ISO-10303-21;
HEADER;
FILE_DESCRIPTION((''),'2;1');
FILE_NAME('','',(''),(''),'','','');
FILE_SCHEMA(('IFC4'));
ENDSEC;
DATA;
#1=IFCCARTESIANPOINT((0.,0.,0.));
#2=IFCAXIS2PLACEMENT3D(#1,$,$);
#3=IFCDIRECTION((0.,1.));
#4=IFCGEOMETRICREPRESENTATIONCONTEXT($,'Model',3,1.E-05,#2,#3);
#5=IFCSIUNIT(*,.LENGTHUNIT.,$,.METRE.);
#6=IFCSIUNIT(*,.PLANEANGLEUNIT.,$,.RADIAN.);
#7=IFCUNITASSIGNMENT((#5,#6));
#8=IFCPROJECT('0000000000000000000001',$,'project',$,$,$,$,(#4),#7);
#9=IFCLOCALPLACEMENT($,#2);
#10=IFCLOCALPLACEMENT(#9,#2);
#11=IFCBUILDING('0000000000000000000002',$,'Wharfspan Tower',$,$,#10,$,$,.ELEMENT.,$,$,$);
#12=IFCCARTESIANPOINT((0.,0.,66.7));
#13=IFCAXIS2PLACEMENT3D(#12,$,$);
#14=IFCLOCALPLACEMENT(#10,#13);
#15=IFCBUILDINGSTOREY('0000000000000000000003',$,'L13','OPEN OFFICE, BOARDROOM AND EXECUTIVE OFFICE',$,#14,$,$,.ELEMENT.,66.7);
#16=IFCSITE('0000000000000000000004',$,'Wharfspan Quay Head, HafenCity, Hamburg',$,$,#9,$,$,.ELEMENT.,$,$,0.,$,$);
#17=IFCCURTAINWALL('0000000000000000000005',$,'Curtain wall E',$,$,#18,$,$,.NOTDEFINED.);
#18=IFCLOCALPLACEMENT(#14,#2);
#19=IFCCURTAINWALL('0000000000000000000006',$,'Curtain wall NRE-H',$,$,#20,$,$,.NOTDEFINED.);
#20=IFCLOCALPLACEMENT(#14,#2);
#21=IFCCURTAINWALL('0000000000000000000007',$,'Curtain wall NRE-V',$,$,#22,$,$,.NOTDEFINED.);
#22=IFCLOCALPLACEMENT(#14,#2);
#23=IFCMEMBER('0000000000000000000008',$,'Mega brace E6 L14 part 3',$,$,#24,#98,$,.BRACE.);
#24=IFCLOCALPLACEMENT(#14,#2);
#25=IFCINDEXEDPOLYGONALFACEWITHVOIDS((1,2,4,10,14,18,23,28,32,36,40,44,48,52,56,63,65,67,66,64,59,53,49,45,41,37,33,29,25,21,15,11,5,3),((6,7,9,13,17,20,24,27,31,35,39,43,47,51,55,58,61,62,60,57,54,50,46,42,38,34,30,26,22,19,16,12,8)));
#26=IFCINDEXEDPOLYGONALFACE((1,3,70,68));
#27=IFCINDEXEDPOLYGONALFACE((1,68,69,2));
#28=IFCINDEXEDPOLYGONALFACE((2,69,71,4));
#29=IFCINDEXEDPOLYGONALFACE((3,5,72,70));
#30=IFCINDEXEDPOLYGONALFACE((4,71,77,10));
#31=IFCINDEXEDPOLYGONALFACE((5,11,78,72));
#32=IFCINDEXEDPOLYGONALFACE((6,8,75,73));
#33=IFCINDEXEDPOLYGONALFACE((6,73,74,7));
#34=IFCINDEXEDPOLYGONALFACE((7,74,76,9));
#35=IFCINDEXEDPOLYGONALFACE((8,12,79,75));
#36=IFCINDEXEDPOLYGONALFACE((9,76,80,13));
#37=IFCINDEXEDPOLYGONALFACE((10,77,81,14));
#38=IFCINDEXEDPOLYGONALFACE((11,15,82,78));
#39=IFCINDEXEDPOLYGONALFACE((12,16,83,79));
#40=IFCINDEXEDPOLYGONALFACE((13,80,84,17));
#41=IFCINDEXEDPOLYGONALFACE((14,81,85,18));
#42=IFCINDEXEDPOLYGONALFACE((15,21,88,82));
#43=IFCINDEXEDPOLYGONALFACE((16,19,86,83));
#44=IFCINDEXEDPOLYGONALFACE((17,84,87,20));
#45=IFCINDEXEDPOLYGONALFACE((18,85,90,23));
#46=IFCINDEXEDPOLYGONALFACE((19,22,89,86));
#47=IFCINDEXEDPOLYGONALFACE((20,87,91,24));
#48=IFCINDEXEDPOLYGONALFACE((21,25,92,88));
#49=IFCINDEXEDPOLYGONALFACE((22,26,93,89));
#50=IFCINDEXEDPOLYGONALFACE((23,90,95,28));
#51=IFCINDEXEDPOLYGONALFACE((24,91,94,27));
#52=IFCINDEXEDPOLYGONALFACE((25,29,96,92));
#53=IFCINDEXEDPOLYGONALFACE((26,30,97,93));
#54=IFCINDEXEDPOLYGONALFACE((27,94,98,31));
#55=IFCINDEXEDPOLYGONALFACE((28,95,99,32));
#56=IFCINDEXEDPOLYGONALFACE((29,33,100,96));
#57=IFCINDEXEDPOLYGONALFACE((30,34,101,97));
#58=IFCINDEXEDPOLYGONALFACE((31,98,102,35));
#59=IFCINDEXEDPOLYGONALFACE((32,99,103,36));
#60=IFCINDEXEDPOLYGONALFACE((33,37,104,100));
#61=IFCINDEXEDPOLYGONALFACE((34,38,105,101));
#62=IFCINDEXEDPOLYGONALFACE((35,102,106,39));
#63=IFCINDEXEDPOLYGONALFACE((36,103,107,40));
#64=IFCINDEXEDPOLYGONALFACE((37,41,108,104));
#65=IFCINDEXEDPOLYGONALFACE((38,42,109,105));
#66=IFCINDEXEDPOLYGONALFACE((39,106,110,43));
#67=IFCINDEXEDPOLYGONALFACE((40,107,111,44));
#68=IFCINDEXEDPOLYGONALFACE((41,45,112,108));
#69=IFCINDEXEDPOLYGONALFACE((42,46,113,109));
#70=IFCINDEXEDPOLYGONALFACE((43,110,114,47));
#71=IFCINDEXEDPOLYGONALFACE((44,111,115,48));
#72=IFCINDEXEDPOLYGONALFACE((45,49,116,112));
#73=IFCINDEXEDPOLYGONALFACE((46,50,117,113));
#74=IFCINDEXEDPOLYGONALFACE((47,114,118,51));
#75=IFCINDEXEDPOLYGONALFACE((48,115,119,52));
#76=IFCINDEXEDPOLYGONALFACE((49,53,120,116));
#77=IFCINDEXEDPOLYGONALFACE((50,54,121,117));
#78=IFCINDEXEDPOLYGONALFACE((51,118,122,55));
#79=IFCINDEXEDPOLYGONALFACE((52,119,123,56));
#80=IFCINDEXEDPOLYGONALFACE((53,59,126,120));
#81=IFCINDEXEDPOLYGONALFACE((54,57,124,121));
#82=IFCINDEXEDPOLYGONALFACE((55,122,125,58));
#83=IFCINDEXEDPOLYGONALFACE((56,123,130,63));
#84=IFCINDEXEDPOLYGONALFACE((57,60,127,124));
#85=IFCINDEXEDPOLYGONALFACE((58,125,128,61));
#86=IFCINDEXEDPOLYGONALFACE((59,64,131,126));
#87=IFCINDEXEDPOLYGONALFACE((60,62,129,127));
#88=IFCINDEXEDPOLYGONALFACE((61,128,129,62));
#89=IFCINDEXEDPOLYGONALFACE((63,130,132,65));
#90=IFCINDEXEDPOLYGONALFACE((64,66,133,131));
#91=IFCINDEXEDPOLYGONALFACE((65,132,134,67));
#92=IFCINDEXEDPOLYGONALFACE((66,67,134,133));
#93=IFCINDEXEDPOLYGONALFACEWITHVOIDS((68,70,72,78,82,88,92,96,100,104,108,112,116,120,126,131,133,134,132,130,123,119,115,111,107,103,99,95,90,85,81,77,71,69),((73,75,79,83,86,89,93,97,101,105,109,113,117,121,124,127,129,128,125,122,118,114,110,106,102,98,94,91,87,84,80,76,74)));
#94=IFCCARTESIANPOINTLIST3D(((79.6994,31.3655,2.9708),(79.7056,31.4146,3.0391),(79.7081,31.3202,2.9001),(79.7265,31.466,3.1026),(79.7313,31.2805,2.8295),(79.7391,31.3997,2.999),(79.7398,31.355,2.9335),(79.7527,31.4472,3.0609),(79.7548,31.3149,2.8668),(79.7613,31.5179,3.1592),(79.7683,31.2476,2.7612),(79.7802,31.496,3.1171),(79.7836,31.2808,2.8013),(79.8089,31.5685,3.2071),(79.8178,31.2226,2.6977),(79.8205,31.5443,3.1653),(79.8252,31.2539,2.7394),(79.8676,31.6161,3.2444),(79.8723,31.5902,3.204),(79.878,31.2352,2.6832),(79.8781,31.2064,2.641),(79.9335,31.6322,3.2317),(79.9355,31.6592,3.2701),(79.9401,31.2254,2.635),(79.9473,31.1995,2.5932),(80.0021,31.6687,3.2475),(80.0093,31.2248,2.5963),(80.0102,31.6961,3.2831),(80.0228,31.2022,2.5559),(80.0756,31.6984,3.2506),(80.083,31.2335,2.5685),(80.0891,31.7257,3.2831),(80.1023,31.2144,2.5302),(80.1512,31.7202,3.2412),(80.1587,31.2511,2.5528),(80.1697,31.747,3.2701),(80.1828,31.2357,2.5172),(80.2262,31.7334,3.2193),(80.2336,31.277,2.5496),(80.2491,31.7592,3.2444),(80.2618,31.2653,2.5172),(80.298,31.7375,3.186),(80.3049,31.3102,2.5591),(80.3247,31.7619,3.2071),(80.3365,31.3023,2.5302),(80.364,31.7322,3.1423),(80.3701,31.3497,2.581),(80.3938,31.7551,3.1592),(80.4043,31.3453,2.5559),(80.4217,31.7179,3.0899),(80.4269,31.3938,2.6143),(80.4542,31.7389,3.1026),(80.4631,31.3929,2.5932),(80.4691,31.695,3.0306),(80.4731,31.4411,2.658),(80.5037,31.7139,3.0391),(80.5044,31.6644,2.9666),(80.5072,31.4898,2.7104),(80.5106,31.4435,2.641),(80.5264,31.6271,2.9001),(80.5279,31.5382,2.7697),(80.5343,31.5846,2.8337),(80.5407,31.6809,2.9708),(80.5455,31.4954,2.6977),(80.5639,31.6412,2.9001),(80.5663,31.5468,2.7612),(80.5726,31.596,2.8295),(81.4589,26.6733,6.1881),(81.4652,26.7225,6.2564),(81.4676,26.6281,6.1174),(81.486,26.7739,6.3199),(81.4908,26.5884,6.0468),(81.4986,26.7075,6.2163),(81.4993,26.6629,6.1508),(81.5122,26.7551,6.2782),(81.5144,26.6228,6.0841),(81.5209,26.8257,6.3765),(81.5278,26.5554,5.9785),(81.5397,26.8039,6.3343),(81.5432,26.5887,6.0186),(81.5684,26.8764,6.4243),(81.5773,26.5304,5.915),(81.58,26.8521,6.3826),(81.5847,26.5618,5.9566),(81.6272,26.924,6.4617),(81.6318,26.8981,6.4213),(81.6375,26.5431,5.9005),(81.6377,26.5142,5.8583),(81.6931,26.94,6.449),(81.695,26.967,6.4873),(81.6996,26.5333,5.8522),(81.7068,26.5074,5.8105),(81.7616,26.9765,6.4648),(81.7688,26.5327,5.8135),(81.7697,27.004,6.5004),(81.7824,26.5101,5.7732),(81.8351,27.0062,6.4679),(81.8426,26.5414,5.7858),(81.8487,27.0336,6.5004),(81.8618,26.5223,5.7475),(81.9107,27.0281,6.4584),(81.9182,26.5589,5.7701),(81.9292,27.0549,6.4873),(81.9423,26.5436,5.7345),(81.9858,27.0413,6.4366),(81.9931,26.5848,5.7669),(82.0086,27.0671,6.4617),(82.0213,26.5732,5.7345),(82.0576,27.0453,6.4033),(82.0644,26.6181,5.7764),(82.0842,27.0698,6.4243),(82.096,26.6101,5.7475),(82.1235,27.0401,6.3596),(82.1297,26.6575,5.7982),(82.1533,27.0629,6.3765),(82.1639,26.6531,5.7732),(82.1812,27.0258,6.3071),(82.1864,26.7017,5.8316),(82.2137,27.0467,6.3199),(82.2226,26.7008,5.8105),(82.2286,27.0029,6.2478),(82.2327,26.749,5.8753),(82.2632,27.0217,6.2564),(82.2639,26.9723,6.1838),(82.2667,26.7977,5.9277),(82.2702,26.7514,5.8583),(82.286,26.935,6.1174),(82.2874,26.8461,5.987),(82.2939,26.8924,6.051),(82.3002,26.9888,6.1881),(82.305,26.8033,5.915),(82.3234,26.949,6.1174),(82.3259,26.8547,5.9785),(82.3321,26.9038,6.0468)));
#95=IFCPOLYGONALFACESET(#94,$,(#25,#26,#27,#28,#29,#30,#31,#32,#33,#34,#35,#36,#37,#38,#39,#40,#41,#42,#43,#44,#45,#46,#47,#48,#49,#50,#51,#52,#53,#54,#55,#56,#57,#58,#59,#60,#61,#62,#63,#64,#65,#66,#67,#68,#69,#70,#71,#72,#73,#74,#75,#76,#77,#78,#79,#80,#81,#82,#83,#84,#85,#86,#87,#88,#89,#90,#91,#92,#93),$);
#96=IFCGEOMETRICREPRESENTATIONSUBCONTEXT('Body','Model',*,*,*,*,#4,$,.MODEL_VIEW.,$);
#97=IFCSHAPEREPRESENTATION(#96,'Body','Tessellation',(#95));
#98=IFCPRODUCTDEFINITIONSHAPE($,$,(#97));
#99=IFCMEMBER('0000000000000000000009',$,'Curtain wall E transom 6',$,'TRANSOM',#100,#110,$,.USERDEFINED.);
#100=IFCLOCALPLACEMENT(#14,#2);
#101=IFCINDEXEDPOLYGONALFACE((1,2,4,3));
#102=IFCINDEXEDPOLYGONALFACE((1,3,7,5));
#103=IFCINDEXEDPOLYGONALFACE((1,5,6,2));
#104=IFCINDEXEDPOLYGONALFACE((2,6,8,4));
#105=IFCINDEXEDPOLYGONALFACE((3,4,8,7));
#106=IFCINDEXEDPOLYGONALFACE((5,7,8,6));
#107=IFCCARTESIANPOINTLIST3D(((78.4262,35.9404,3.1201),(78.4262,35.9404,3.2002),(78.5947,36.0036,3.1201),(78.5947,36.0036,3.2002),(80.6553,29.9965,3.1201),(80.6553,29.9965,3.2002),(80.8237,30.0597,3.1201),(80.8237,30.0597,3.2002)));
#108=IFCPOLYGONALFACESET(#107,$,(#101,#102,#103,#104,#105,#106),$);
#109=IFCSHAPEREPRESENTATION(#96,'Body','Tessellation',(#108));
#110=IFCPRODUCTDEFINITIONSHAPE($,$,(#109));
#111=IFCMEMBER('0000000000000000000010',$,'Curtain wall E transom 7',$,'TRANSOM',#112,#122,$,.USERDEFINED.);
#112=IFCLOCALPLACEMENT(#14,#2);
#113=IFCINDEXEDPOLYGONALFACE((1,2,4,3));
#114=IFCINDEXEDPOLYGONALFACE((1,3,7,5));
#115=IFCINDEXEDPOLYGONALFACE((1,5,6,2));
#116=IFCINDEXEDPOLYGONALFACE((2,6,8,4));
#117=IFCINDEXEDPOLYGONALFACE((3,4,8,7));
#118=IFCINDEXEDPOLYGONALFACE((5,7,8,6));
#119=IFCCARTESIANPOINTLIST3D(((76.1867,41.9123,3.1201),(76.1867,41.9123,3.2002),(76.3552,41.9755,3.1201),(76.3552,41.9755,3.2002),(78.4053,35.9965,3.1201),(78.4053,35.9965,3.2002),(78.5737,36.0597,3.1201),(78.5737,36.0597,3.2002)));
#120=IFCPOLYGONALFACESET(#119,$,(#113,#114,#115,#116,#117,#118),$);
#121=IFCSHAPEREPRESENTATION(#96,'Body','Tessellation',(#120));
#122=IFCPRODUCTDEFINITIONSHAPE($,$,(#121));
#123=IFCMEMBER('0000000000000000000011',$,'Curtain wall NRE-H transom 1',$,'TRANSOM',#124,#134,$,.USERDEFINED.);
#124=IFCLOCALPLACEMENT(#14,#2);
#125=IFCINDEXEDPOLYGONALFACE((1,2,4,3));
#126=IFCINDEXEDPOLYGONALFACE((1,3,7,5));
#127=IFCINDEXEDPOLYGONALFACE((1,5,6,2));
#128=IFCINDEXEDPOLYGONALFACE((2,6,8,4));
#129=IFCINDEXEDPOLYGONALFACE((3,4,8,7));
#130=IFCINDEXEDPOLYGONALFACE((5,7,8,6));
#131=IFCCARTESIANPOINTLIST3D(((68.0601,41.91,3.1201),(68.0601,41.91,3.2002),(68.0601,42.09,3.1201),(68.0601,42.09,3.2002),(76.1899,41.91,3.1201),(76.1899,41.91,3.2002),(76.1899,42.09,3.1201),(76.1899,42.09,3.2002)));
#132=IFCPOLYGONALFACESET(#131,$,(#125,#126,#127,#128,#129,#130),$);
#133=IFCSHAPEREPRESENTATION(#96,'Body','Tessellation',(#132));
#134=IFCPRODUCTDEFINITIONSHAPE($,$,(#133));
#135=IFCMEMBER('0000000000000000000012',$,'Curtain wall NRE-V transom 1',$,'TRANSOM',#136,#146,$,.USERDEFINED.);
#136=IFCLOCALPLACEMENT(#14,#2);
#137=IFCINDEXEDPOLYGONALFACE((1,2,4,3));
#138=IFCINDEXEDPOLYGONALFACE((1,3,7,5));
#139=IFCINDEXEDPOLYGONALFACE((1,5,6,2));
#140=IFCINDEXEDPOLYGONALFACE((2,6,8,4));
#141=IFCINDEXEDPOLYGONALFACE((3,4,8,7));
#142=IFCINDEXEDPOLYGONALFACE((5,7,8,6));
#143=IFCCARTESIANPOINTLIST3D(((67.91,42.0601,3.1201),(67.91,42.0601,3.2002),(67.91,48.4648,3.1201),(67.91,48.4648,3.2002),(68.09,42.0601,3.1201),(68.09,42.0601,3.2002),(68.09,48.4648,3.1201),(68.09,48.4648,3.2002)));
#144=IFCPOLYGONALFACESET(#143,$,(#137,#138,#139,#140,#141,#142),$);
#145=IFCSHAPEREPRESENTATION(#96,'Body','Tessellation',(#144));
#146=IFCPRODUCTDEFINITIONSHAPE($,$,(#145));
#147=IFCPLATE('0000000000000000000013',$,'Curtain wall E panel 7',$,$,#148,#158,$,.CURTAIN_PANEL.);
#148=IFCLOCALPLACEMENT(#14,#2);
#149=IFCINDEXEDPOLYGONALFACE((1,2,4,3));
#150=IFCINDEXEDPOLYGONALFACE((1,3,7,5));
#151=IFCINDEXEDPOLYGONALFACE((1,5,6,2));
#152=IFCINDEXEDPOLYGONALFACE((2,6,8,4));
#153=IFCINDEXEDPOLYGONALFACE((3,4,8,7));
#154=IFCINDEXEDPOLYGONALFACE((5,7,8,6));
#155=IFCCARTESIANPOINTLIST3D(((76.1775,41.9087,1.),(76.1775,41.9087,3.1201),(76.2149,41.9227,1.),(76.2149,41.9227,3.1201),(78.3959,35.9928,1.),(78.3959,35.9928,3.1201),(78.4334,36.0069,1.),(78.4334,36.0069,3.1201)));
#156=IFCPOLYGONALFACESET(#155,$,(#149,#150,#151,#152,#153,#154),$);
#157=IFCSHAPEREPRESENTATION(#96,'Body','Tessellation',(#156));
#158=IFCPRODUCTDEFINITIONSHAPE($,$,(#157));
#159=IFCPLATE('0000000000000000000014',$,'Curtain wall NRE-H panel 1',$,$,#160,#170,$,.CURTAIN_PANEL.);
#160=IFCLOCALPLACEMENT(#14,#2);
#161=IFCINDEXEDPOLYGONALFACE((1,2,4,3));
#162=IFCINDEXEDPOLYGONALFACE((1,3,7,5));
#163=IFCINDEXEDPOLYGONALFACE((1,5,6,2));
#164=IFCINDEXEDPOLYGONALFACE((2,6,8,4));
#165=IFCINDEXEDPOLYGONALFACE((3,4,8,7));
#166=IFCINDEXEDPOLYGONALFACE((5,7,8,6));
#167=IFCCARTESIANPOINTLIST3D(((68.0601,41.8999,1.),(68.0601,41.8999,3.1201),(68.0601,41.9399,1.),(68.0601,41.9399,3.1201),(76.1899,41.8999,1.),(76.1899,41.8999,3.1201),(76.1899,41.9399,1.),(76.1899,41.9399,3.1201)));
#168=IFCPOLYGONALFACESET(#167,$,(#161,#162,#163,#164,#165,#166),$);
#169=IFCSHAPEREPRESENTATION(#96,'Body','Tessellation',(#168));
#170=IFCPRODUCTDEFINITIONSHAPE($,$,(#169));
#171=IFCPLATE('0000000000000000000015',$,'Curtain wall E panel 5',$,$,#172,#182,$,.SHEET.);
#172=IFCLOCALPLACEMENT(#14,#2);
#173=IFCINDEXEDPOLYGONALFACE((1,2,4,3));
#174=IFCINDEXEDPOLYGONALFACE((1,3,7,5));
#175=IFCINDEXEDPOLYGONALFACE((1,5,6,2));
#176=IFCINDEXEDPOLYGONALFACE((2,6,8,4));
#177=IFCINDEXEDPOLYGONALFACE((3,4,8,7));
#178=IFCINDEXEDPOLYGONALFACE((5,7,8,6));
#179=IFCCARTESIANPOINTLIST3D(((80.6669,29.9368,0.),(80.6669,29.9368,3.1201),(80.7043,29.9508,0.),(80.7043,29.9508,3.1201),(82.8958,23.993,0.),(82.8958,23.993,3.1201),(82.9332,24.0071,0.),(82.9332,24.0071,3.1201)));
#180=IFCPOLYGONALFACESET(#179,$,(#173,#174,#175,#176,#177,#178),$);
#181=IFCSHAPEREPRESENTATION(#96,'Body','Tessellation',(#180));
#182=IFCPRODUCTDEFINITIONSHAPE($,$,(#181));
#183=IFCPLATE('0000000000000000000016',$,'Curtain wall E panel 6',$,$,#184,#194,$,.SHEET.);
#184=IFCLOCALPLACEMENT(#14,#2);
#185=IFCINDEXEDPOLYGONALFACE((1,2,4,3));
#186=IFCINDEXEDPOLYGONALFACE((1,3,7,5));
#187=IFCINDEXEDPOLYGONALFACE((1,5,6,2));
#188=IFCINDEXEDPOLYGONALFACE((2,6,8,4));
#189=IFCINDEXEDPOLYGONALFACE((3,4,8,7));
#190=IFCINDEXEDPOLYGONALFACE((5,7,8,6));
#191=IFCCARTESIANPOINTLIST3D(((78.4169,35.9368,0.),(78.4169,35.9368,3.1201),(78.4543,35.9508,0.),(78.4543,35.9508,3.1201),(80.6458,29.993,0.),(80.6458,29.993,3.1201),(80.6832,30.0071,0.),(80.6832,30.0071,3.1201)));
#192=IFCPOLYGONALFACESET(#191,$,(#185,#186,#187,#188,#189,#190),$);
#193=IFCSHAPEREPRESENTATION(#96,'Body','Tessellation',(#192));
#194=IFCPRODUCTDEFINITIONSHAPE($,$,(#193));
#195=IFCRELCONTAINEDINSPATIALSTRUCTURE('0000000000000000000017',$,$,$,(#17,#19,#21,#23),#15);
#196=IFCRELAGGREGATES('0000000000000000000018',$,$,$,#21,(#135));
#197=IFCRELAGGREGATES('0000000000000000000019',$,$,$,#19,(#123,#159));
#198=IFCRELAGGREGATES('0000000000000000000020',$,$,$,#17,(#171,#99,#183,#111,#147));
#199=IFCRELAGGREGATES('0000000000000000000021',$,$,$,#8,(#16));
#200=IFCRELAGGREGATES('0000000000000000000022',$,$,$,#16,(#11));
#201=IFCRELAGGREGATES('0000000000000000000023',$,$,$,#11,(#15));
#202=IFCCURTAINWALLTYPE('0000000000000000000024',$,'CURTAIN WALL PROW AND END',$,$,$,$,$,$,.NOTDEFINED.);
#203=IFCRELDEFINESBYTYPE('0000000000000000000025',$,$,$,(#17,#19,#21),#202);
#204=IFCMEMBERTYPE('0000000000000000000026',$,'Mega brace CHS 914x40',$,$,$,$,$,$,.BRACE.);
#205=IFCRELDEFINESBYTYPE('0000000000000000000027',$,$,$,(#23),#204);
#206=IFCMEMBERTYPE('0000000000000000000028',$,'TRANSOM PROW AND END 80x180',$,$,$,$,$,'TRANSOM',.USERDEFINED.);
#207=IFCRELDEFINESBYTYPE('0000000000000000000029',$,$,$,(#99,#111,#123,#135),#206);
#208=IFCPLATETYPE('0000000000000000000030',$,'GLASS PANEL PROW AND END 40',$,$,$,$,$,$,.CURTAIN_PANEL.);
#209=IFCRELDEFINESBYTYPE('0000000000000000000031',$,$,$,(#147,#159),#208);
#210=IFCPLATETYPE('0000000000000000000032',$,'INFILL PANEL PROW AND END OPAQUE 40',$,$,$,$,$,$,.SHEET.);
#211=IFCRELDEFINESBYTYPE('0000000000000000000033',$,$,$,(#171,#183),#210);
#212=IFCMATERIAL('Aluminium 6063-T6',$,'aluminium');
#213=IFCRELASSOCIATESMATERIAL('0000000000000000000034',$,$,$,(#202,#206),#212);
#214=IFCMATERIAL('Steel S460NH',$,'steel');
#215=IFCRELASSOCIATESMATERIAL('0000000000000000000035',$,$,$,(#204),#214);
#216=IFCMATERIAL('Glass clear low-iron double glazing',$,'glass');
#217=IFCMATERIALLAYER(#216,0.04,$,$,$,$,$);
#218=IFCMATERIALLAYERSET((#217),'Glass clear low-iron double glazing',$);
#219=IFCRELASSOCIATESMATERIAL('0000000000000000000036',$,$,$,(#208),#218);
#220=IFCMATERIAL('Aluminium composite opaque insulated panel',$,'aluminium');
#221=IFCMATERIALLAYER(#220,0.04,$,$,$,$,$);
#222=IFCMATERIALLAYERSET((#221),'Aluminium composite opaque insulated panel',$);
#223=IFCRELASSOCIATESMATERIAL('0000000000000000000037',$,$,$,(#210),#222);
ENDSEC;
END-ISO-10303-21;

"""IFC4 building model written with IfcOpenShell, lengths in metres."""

from ifc_helpers import new_model, si_unit, direction, frame, origin, origin_2d, place, context, subcontext, project, spatial, rectangle, hollow_circle, extrude, material, layer, layer_set, material_profile, profile_set, type_object, element, aggregate, save


model = new_model("IFC4")

# Units and contexts
model_context = context("Model", 3, precision=1e-05, world=origin(), true_north=direction((0.0, 1.0)))
body_context = subcontext(model_context, "Body", "Model", "MODEL_VIEW")
ifc_project = project(units=[si_unit("LENGTHUNIT", "METRE"), si_unit("PLANEANGLEUNIT", "RADIAN")], contexts=[model_context])

# Site, building, storey
site_placement = place(None, origin())
site = spatial("IfcSite", under=ifc_project, at=site_placement, Name="Wharfspan Quay Head, HafenCity, Hamburg", CompositionType="ELEMENT", RefElevation=0.0)
building_placement = place(site_placement, origin())
building = spatial("IfcBuilding", under=site, at=building_placement, Name="Wharfspan Tower", CompositionType="ELEMENT")
storey_placement = place(building_placement, frame((0.0, 0.0, 66.7)))
storey = spatial("IfcBuildingStorey", under=building, at=storey_placement, Name="L13", Description="OPEN OFFICE, BOARDROOM AND EXECUTIVE OFFICE", CompositionType="ELEMENT", Elevation=66.7)

# Curtain walls
ifc_material_1 = material(Name="Aluminium 6063-T6", Category="aluminium")
curtain_wall_type = type_object("IfcCurtainWallType", Name="CURTAIN WALL PROW AND END", PredefinedType="NOTDEFINED", material=ifc_material_1)
curtain_wall_1_placement = place(storey_placement, origin())
curtain_wall_1 = element("IfcCurtainWall", 1, at=curtain_wall_1_placement, inside=storey, type_object=curtain_wall_type, Name="Curtain wall E", PredefinedType="NOTDEFINED")
curtain_wall_2_placement = place(storey_placement, origin())
curtain_wall_2 = element("IfcCurtainWall", 2, at=curtain_wall_2_placement, inside=storey, type_object=curtain_wall_type, Name="Curtain wall NRE-H", PredefinedType="NOTDEFINED")

# Curtain wall
curtain_wall_3_placement = place(storey_placement, origin())
curtain_wall_3 = element("IfcCurtainWall", 3, at=curtain_wall_3_placement, inside=storey, type_object=curtain_wall_type, Name="Curtain wall NRE-V", PredefinedType="NOTDEFINED")

# Members
ifc_material_2 = material(Name="Steel S460NH", Category="steel")
ifc_material_profile_1 = material_profile(ifc_material_2, hollow_circle(Radius=0.457, WallThickness=0.04, at=origin_2d()))
ifc_profile_set_1 = profile_set([ifc_material_profile_1], Name="Steel S460NH")
member_type_1 = type_object("IfcMemberType", Name="Mega brace CHS 914x40", PredefinedType="BRACE", material=ifc_profile_set_1)
member_1_placement = place(storey_placement, frame((80.136, 31.4807, 2.9001), z_axis=(0.295466, -0.787922, 0.540259), x_axis=(0.936329, 0.351115, -0.000004)))
element("IfcMember", 4, at=member_1_placement, inside=storey, type_object=member_type_1, Name="Mega brace E6 L14 part 3", PredefinedType="BRACE", context=body_context, shape_type="SweptSolid", body=[
    extrude(hollow_circle(Radius=0.457, WallThickness=0.04, at=origin_2d()), origin(), (0.0, 0.0, 1.0), 5.9551),
])
ifc_material_profile_2 = material_profile(ifc_material_1, rectangle(XDim=0.1799, YDim=0.0801, at=origin_2d()))
ifc_profile_set_2 = profile_set([ifc_material_profile_2], Name="Aluminium 6063-T6")
member_type_2 = type_object("IfcMemberType", Name="TRANSOM PROW AND END 80x180", ElementType="TRANSOM", PredefinedType="USERDEFINED", material=ifc_profile_set_2)
member_2_placement = place(storey_placement, frame((80.7395, 30.0281, 3.1602), z_axis=(-0.351132, 0.936326, 0.0), x_axis=(-0.936326, -0.351132, 0.0)))
member_2 = element("IfcMember", 5, at=member_2_placement, type_object=member_type_2, Name="Curtain wall E transom 6", ObjectType="TRANSOM", PredefinedType="USERDEFINED", context=body_context, shape_type="SweptSolid", body=[
    extrude(rectangle(XDim=0.1799, YDim=0.0801, at=origin_2d()), origin(), (0.0, 0.0, 1.0), 6.3481),
])
member_3_placement = place(storey_placement, frame((78.4895, 36.0281, 3.1602), z_axis=(-0.351136, 0.936324, 0.0), x_axis=(-0.936324, -0.351136, 0.0)))
member_3 = element("IfcMember", 6, at=member_3_placement, type_object=member_type_2, Name="Curtain wall E transom 7", ObjectType="TRANSOM", PredefinedType="USERDEFINED", context=body_context, shape_type="SweptSolid", body=[
    extrude(rectangle(XDim=0.1799, YDim=0.0801, at=origin_2d()), origin(), (0.0, 0.0, 1.0), 6.3181),
])
member_4_placement = place(storey_placement, frame((76.1899, 42.0, 3.1602), z_axis=(-1.0, 0.0, 0.0), x_axis=(0.0, -1.0, 0.0)))
member_4 = element("IfcMember", 7, at=member_4_placement, type_object=member_type_2, Name="Curtain wall NRE-H transom 1", ObjectType="TRANSOM", PredefinedType="USERDEFINED", context=body_context, shape_type="SweptSolid", body=[
    extrude(rectangle(XDim=0.1799, YDim=0.0801, at=origin_2d()), origin(), (0.0, 0.0, 1.0), 8.1299),
])
member_5_placement = place(storey_placement, frame((68.0, 42.0601, 3.1602), z_axis=(0.0, 1.0, 0.0), x_axis=(-1.0, 0.0, 0.0)))
member_5 = element("IfcMember", 8, at=member_5_placement, type_object=member_type_2, Name="Curtain wall NRE-V transom 1", ObjectType="TRANSOM", PredefinedType="USERDEFINED", context=body_context, shape_type="SweptSolid", body=[
    extrude(rectangle(XDim=0.1799, YDim=0.0801, at=origin_2d()), origin(), (0.0, 0.0, 1.0), 6.4048),
])
aggregate(curtain_wall_3, [member_5])

# Plates
ifc_material_3 = material(Name="Glass clear low-iron double glazing", Category="glass")
ifc_layer_1 = layer(ifc_material_3, 0.04)
ifc_layer_set_1 = layer_set([ifc_layer_1], Name="Glass clear low-iron double glazing")
plate_type_1 = type_object("IfcPlateType", Name="GLASS PANEL PROW AND END 40", PredefinedType="CURTAIN_PANEL", material=ifc_layer_set_1)
plate_1_placement = place(storey_placement, frame((77.3054, 38.9578, 1.0), z_axis=(0.0, 0.0, 1.0), x_axis=(-0.351123, 0.936328, 0.0)))
plate_1 = element("IfcPlate", 9, at=plate_1_placement, type_object=plate_type_1, Name="Curtain wall E panel 7", PredefinedType="CURTAIN_PANEL", context=body_context, shape_type="SweptSolid", body=[
    extrude(rectangle(XDim=6.3181, YDim=0.04, at=origin_2d()), origin(), (0.0, 0.0, 1.0), 2.1201),
])
plate_2_placement = place(storey_placement, frame((72.125, 41.9199, 1.0), z_axis=(0.0, 0.0, 1.0), x_axis=(-1.0, 0.0, 0.0)))
plate_2 = element("IfcPlate", 10, at=plate_2_placement, type_object=plate_type_1, Name="Curtain wall NRE-H panel 1", PredefinedType="CURTAIN_PANEL", context=body_context, shape_type="SweptSolid", body=[
    extrude(rectangle(XDim=8.1299, YDim=0.04, at=origin_2d()), origin(), (0.0, 0.0, 1.0), 2.1201),
])
aggregate(curtain_wall_2, [member_4, plate_2])
ifc_material_4 = material(Name="Aluminium composite opaque insulated panel", Category="aluminium")
ifc_layer_2 = layer(ifc_material_4, 0.04)
ifc_layer_set_2 = layer_set([ifc_layer_2], Name="Aluminium composite opaque insulated panel")
plate_type_2 = type_object("IfcPlateType", Name="INFILL PANEL PROW AND END OPAQUE 40", PredefinedType="SHEET", material=ifc_layer_set_2)
plate_3_placement = place(storey_placement, frame((81.8, 26.9719, 0.0), z_axis=(0.0, 0.0, 1.0), x_axis=(-0.351123, 0.936328, 0.0)))
plate_3 = element("IfcPlate", 11, at=plate_3_placement, type_object=plate_type_2, Name="Curtain wall E panel 5", PredefinedType="SHEET", context=body_context, shape_type="SweptSolid", body=[
    extrude(rectangle(XDim=6.3479, YDim=0.04, at=origin_2d()), origin(), (0.0, 0.0, 1.0), 3.1201),
])
plate_4_placement = place(storey_placement, frame((79.55, 32.9719, 0.0), z_axis=(0.0, 0.0, 1.0), x_axis=(-0.351123, 0.936328, 0.0)))
plate_4 = element("IfcPlate", 12, at=plate_4_placement, type_object=plate_type_2, Name="Curtain wall E panel 6", PredefinedType="SHEET", context=body_context, shape_type="SweptSolid", body=[
    extrude(rectangle(XDim=6.3479, YDim=0.04, at=origin_2d()), origin(), (0.0, 0.0, 1.0), 3.1201),
])
aggregate(curtain_wall_1, [plate_3, member_2, plate_4, member_3, plate_1])

save(model, "model.ifc")
